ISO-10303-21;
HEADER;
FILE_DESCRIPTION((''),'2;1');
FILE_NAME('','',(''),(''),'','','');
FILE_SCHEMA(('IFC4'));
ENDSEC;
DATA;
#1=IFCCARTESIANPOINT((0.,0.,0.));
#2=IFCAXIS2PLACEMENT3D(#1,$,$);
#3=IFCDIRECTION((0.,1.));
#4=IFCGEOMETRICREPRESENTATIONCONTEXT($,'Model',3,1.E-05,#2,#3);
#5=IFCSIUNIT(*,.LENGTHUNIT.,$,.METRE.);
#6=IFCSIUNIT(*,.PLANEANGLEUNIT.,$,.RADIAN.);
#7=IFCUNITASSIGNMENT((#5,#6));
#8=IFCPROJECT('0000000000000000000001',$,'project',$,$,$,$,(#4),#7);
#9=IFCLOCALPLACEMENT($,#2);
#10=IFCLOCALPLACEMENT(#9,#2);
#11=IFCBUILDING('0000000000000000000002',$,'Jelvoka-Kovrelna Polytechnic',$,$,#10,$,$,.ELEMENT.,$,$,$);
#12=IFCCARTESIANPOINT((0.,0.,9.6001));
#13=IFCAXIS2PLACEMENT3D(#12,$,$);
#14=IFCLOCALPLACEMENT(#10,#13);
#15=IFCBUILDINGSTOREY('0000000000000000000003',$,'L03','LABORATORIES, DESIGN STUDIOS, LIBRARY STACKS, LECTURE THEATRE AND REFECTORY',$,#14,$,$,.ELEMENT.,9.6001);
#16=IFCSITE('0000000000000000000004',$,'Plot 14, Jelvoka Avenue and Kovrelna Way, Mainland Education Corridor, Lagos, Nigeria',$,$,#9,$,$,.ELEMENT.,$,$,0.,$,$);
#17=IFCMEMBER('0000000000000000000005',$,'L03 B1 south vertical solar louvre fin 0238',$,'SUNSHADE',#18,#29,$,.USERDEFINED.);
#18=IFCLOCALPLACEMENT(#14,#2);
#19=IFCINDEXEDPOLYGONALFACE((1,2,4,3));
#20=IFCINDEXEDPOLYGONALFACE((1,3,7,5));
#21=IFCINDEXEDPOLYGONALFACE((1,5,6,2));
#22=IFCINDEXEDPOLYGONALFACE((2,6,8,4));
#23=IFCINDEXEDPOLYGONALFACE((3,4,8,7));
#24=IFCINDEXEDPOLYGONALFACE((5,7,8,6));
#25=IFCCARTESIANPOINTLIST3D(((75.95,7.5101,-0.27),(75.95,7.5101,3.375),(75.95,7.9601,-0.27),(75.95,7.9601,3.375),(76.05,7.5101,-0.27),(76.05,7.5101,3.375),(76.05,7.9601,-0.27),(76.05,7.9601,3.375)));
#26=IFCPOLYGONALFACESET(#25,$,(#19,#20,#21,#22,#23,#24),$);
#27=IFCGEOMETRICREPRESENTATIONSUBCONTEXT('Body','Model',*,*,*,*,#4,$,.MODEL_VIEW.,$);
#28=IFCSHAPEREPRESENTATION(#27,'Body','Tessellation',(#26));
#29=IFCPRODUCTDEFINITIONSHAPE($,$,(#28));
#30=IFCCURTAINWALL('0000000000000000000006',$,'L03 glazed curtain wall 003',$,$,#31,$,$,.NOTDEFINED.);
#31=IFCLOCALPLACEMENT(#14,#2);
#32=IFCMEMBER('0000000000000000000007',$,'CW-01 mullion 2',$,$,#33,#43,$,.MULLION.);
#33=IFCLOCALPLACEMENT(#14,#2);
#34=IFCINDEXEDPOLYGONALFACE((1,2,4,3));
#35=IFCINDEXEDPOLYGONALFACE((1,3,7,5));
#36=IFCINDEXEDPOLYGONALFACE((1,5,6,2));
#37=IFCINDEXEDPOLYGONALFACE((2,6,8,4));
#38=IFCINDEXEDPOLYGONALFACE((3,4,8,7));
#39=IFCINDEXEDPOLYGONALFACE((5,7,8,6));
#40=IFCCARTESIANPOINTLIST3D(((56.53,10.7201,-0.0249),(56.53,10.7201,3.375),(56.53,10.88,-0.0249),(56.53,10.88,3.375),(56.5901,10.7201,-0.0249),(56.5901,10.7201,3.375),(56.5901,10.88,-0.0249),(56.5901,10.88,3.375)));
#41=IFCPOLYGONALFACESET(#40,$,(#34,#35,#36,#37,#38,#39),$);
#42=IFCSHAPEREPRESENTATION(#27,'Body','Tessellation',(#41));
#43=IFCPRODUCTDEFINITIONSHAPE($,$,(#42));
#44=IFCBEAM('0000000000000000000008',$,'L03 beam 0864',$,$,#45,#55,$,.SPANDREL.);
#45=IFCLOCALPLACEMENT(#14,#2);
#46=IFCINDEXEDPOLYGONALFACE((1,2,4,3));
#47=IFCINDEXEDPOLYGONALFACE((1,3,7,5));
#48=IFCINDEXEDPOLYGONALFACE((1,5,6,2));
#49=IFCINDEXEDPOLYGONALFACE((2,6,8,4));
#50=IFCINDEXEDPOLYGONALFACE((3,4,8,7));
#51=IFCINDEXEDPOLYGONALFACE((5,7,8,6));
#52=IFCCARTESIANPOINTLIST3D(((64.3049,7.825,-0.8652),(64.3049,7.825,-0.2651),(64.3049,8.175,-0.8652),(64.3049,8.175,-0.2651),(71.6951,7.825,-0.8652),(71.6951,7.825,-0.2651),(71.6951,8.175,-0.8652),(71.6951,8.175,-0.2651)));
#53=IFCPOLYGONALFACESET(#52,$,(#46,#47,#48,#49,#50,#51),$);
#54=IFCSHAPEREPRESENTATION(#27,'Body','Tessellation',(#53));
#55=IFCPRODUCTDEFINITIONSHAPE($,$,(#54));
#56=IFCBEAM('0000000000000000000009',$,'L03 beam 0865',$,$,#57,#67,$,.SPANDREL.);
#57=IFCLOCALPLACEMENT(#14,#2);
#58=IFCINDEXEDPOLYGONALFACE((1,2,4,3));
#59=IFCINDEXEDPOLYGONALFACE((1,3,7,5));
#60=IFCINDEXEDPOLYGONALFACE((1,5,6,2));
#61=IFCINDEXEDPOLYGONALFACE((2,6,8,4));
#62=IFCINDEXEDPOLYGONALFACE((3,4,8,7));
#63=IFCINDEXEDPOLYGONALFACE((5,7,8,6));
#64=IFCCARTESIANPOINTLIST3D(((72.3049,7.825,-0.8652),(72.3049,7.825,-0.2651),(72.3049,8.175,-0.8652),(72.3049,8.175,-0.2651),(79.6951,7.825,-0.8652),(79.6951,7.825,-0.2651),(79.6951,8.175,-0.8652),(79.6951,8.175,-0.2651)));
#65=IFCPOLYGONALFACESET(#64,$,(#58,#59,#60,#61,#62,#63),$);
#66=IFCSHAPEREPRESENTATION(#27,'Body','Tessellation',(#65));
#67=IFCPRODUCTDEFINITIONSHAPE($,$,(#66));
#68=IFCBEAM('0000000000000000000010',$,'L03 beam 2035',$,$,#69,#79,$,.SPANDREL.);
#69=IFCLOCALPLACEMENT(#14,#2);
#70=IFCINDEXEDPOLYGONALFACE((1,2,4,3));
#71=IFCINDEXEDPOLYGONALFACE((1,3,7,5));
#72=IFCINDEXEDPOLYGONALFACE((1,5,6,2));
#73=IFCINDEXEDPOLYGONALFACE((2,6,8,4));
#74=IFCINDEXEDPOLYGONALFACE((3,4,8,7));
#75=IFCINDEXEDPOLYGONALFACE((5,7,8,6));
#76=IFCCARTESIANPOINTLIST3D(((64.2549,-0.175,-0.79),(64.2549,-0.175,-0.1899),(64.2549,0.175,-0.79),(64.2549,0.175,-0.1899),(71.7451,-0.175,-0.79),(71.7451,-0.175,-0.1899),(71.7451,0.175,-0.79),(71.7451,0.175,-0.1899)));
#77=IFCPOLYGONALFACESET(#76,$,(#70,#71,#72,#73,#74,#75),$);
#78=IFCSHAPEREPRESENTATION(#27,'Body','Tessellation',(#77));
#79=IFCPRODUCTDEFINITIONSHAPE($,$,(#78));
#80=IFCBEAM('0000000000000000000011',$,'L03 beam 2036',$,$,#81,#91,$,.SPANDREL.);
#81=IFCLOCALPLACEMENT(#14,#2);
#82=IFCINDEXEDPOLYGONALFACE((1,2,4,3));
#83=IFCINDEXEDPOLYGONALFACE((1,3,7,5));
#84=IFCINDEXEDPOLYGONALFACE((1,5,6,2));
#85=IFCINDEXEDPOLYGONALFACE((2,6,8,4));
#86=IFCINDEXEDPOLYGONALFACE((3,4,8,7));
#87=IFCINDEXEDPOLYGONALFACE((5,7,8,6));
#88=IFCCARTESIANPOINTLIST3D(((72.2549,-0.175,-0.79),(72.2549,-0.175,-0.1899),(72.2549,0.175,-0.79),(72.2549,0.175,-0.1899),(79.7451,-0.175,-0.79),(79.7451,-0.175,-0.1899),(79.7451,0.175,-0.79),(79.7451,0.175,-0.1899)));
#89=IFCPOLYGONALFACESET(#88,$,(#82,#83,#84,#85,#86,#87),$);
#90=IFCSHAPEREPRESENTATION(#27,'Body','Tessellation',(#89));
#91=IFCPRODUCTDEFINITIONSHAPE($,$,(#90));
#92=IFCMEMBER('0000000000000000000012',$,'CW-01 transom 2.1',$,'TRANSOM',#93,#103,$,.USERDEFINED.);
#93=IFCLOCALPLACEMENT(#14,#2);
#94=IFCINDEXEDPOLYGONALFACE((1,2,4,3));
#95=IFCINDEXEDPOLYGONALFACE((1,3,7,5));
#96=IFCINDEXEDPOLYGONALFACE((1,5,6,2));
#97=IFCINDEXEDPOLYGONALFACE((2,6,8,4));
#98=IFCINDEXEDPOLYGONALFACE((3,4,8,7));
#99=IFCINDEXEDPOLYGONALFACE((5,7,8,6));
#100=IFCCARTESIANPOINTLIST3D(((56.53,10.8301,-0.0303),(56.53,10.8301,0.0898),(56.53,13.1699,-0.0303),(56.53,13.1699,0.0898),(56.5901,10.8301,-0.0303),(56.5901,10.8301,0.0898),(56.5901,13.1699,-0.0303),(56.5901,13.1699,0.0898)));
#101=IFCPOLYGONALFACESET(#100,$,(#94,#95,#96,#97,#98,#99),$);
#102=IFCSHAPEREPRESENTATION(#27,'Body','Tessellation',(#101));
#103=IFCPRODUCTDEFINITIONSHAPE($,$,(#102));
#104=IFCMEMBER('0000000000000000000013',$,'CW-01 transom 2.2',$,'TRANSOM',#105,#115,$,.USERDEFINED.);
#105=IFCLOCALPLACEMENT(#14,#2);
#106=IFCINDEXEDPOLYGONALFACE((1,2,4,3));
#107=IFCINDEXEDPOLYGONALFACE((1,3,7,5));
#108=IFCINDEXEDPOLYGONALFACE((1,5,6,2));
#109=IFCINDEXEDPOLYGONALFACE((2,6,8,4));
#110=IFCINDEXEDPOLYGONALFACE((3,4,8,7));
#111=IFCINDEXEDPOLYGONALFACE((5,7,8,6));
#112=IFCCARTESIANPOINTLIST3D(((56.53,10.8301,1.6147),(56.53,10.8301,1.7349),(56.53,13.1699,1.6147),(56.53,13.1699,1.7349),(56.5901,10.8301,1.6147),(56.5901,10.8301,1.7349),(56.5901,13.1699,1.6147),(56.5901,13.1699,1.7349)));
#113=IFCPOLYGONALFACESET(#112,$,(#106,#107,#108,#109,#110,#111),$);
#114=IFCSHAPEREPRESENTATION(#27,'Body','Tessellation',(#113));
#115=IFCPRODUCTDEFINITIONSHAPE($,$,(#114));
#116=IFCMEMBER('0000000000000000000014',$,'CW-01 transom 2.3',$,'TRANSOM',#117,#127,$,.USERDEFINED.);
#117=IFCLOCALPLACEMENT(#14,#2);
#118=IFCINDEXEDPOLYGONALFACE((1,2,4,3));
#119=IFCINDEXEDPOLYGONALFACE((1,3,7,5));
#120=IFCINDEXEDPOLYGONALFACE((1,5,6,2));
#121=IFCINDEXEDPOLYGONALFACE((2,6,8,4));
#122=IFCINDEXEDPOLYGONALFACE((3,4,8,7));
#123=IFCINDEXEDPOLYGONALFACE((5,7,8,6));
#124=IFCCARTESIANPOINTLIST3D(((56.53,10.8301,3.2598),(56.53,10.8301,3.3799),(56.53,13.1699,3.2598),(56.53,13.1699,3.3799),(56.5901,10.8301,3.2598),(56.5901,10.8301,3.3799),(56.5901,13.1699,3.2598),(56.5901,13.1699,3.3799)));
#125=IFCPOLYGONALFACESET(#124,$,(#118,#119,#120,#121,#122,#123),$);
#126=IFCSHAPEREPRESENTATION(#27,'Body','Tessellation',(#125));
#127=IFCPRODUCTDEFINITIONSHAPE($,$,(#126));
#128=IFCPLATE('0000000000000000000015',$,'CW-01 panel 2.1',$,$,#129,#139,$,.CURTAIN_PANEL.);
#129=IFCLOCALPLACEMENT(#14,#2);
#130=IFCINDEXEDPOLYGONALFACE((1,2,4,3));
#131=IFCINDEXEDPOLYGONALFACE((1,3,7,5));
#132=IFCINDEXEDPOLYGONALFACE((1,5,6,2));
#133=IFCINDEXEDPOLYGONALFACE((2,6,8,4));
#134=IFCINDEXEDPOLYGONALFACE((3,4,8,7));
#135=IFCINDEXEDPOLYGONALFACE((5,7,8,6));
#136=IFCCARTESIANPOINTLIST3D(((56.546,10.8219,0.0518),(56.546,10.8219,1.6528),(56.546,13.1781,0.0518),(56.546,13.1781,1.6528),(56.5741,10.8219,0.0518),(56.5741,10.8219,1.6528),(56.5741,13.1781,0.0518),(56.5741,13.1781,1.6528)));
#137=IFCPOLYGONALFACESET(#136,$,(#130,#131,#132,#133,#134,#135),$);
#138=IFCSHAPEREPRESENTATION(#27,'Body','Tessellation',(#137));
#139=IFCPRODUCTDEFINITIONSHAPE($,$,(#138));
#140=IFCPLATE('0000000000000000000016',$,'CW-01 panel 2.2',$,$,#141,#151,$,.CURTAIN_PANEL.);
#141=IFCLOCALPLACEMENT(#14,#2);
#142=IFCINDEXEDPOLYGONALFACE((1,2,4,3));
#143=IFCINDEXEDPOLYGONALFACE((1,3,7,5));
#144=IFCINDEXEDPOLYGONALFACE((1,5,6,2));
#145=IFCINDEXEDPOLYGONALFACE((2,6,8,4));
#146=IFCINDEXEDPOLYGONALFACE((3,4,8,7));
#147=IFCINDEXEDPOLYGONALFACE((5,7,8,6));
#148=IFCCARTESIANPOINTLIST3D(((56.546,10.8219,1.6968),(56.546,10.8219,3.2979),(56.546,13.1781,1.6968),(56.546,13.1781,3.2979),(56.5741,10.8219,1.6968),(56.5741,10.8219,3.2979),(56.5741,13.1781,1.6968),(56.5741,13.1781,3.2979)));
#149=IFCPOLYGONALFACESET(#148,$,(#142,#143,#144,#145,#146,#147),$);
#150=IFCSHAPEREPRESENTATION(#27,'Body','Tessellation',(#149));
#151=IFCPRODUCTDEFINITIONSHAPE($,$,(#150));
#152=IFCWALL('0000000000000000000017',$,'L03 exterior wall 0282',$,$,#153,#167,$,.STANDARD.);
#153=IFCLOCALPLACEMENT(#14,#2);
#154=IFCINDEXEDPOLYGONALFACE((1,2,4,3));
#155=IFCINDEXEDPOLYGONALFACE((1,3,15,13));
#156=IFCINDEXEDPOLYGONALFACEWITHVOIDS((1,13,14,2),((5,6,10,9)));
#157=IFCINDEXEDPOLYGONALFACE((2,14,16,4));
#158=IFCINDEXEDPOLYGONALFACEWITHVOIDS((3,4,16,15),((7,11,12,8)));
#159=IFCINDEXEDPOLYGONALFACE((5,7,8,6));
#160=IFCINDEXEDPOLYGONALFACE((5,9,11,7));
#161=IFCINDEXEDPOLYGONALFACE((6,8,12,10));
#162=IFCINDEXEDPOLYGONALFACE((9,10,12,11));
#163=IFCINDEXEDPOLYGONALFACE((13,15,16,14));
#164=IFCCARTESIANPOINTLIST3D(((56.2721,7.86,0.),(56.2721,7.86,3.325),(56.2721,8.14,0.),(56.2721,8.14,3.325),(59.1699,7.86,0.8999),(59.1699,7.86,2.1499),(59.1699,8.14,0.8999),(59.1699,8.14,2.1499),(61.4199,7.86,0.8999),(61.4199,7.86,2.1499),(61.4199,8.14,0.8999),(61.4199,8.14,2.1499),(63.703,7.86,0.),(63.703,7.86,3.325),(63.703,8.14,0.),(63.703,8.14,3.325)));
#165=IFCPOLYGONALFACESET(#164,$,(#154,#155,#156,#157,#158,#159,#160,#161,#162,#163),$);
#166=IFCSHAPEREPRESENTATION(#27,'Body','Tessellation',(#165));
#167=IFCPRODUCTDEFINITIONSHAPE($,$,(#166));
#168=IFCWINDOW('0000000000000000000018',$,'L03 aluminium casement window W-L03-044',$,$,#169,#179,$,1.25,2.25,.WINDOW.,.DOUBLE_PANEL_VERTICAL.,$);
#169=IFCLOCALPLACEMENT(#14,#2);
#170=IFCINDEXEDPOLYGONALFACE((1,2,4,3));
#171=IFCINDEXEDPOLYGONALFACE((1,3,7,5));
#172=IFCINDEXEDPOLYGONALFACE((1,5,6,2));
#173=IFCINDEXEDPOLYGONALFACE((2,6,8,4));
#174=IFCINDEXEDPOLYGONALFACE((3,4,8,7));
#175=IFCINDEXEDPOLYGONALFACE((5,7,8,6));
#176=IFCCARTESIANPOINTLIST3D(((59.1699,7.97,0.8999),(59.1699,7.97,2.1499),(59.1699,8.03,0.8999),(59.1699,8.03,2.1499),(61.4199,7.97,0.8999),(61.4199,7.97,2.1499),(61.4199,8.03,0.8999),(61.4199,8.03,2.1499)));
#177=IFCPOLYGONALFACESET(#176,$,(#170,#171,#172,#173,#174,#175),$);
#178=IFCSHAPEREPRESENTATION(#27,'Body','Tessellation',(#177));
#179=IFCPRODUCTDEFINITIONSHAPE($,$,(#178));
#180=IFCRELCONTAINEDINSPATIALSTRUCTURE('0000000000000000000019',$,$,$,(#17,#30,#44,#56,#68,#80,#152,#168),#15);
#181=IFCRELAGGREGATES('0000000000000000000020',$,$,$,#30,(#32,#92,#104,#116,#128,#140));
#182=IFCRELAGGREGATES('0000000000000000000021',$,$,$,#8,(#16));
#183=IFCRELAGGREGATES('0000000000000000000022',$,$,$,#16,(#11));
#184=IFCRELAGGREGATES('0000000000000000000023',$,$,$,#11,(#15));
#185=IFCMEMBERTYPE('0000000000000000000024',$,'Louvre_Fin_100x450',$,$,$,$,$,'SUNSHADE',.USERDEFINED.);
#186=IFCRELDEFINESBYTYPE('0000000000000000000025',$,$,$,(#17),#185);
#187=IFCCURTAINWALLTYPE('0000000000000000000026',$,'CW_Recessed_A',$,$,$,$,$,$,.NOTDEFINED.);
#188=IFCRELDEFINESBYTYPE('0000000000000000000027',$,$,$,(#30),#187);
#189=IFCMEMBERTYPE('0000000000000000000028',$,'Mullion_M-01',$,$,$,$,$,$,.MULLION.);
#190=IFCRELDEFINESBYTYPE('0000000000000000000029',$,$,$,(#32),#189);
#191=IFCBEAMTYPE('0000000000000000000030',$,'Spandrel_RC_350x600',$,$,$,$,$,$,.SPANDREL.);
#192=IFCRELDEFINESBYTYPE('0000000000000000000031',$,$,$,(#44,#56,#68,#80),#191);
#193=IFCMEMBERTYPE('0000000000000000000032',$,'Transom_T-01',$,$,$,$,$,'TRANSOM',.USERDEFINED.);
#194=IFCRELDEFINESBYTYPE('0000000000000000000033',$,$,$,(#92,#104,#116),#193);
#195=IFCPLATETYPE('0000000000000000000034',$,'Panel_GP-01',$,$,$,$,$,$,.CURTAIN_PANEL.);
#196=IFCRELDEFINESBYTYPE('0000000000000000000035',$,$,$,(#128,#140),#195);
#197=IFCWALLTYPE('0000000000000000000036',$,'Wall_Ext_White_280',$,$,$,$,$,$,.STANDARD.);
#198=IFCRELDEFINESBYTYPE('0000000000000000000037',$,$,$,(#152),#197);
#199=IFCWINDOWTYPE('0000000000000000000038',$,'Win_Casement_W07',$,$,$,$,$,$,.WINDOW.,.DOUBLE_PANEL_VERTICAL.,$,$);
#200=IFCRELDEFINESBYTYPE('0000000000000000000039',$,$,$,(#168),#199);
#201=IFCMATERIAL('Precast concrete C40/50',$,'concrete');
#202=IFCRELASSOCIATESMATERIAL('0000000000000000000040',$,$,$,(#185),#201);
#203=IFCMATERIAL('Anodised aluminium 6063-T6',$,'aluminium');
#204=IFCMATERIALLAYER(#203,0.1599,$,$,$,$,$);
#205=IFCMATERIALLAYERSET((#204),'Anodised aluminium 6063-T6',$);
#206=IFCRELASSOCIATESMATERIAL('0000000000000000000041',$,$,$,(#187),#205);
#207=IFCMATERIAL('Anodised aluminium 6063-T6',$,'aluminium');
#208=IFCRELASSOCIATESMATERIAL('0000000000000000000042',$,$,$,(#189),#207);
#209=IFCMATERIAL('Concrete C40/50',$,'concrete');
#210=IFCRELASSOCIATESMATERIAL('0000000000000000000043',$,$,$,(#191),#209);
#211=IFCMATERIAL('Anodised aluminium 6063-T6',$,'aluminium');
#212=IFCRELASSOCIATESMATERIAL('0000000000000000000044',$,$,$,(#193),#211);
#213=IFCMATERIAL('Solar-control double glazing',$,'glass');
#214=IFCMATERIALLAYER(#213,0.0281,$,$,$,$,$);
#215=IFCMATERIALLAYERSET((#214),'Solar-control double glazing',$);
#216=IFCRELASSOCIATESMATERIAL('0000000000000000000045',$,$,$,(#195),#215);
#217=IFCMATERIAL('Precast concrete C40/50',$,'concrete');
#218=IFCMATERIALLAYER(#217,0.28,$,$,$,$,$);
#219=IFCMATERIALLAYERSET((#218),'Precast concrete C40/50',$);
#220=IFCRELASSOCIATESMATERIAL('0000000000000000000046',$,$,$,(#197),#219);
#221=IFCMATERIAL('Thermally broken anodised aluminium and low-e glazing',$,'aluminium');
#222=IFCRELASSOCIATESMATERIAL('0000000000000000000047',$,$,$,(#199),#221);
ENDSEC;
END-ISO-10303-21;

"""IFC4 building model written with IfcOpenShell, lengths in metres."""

from ifc_helpers import new_model, si_unit, direction, frame, frame_2d, origin, origin_2d, place, context, subcontext, project, spatial, rectangle, extrude, material, layer, layer_set, material_profile, profile_set, type_object, element, fill, aggregate, save


model = new_model("IFC4")

# Units and contexts
model_context = context("Model", 3, precision=1e-05, world=origin(), true_north=direction((0.0, 1.0)))
body_context = subcontext(model_context, "Body", "Model", "MODEL_VIEW")
ifc_project = project(units=[si_unit("LENGTHUNIT", "METRE"), si_unit("PLANEANGLEUNIT", "RADIAN")], contexts=[model_context])

# Site, building, storey
site_placement = place(None, origin())
site = spatial("IfcSite", under=ifc_project, at=site_placement, Name="Plot 14, Jelvoka Avenue and Kovrelna Way, Mainland Education Corridor, Lagos, Nigeria", CompositionType="ELEMENT", RefElevation=0.0)
building_placement = place(site_placement, origin())
building = spatial("IfcBuilding", under=site, at=building_placement, Name="Jelvoka-Kovrelna Polytechnic", CompositionType="ELEMENT")
storey_placement = place(building_placement, frame((0.0, 0.0, 9.6001)))
storey = spatial("IfcBuildingStorey", under=building, at=storey_placement, Name="L03", Description="LABORATORIES, DESIGN STUDIOS, LIBRARY STACKS, LECTURE THEATRE AND REFECTORY", CompositionType="ELEMENT", Elevation=9.6001)

# Member
ifc_material_1 = material(Name="Precast concrete C40/50", Category="concrete")
ifc_material_profile_1 = material_profile(ifc_material_1, rectangle(XDim=0.1001, YDim=0.45, at=origin_2d()), Name="PC 100x450")
ifc_profile_set_1 = profile_set([ifc_material_profile_1], Name="Precast concrete C40/50")
member_type_1 = type_object("IfcMemberType", Name="Louvre_Fin_100x450", ElementType="SUNSHADE", PredefinedType="USERDEFINED", material=ifc_profile_set_1)
for number, where, z_axis, x_axis, name in (
    (1, (76.0, 7.7351, -0.27), (0.0, 0.0, 1.0), (1.0, 0.0, 0.0), "L03 B1 south vertical solar louvre fin 0238"),
):
    element("IfcMember", number, at=place(storey_placement, frame(where, z_axis=z_axis, x_axis=x_axis)), inside=storey, type_object=member_type_1, Name=name, ObjectType="SUNSHADE", PredefinedType="USERDEFINED", context=body_context, shape_type="SweptSolid", body=[
        extrude(rectangle(XDim=0.1001, YDim=0.45, at=origin_2d()), origin(), (0.0, 0.0, 1.0), 3.645),
    ])

# Curtain wall, member
ifc_material_2 = material(Name="Anodised aluminium 6063-T6", Category="aluminium")
ifc_layer_1 = layer(ifc_material_2, 0.1599)
ifc_layer_set_1 = layer_set([ifc_layer_1], Name="Anodised aluminium 6063-T6")
curtain_wall_type = type_object("IfcCurtainWallType", Name="CW_Recessed_A", PredefinedType="NOTDEFINED", material=ifc_layer_set_1)
curtain_wall_placement = place(storey_placement, origin())
curtain_wall = element("IfcCurtainWall", 2, at=curtain_wall_placement, inside=storey, type_object=curtain_wall_type, Name="L03 glazed curtain wall 003", PredefinedType="NOTDEFINED")
ifc_material_3 = material(Name="Anodised aluminium 6063-T6", Category="aluminium")
ifc_material_profile_2 = material_profile(ifc_material_3, rectangle(XDim=0.0601, YDim=0.1599, at=origin_2d()), Name="ALU 60x160")
ifc_profile_set_2 = profile_set([ifc_material_profile_2], Name="Anodised aluminium 6063-T6")
member_type_2 = type_object("IfcMemberType", Name="Mullion_M-01", PredefinedType="MULLION", material=ifc_profile_set_2)
member_1_placement = place(storey_placement, frame((56.5601, 10.8, -0.0249), z_axis=(0.0, 0.0, 1.0), x_axis=(-1.0, 0.0, 0.0)))
member_1 = element("IfcMember", 3, at=member_1_placement, type_object=member_type_2, Name="CW-01 mullion 2", PredefinedType="MULLION", context=body_context, shape_type="SweptSolid", body=[
    extrude(rectangle(XDim=0.0601, YDim=0.1599, at=origin_2d()), origin(), (0.0, 0.0, 1.0), 3.3999),
])

# Beams
ifc_material_4 = material(Name="Concrete C40/50", Category="concrete")
ifc_material_profile_3 = material_profile(ifc_material_4, rectangle(XDim=0.3501, YDim=0.6001, at=origin_2d()), Name="RC 350x600")
ifc_profile_set_3 = profile_set([ifc_material_profile_3], Name="Concrete C40/50")
beam_type_1 = type_object("IfcBeamType", Name="Spandrel_RC_350x600", PredefinedType="SPANDREL", material=ifc_profile_set_3)
for number, where, z_axis, x_axis, name in (
    (4, (64.3049, 8.0, -0.5652), (1.0, 0.0, 0.0), (0.0, 1.0, 0.0), "L03 beam 0864"),
    (5, (72.3049, 8.0, -0.5652), (1.0, 0.0, 0.0), (0.0, 1.0, 0.0), "L03 beam 0865"),
):
    element("IfcBeam", number, at=place(storey_placement, frame(where, z_axis=z_axis, x_axis=x_axis)), inside=storey, type_object=beam_type_1, Name=name, PredefinedType="SPANDREL", context=body_context, shape_type="SweptSolid", body=[
        extrude(rectangle(XDim=0.3501, YDim=0.6001, at=origin_2d()), origin(), (0.0, 0.0, 1.0), 7.3901),
    ])
for number, where, z_axis, x_axis, name in (
    (6, (64.2549, 0.0, -0.49), (1.0, 0.0, 0.0), (0.0, 1.0, 0.0), "L03 beam 2035"),
    (7, (72.2549, 0.0, -0.49), (1.0, 0.0, 0.0), (0.0, 1.0, 0.0), "L03 beam 2036"),
):
    element("IfcBeam", number, at=place(storey_placement, frame(where, z_axis=z_axis, x_axis=x_axis)), inside=storey, type_object=beam_type_1, Name=name, PredefinedType="SPANDREL", context=body_context, shape_type="SweptSolid", body=[
        extrude(rectangle(XDim=0.3501, YDim=0.6001, at=origin_2d()), origin(), (0.0, 0.0, 1.0), 7.4902),
    ])

# Members
ifc_material_5 = material(Name="Anodised aluminium 6063-T6", Category="aluminium")
ifc_material_profile_4 = material_profile(ifc_material_5, rectangle(XDim=0.0601, YDim=0.1201, at=origin_2d()), Name="ALU 60x120")
ifc_profile_set_4 = profile_set([ifc_material_profile_4], Name="Anodised aluminium 6063-T6")
member_type_3 = type_object("IfcMemberType", Name="Transom_T-01", ElementType="TRANSOM", PredefinedType="USERDEFINED", material=ifc_profile_set_4)
member_2_placement = place(storey_placement, frame((56.5601, 10.8301, 0.0298), z_axis=(0.0, 1.0, 0.0), x_axis=(-1.0, 0.0, 0.0)))
member_2 = element("IfcMember", 8, at=member_2_placement, type_object=member_type_3, Name="CW-01 transom 2.1", ObjectType="TRANSOM", PredefinedType="USERDEFINED", context=body_context, shape_type="SweptSolid", body=[
    extrude(rectangle(XDim=0.0601, YDim=0.1201, at=origin_2d()), origin(), (0.0, 0.0, 1.0), 2.3398),
])
member_3_placement = place(storey_placement, frame((56.5601, 10.8301, 1.6748), z_axis=(0.0, 1.0, 0.0), x_axis=(-1.0, 0.0, 0.0)))
member_3 = element("IfcMember", 9, at=member_3_placement, type_object=member_type_3, Name="CW-01 transom 2.2", ObjectType="TRANSOM", PredefinedType="USERDEFINED", context=body_context, shape_type="SweptSolid", body=[
    extrude(rectangle(XDim=0.0601, YDim=0.1201, at=origin_2d()), origin(), (0.0, 0.0, 1.0), 2.3398),
])
member_4_placement = place(storey_placement, frame((56.5601, 10.8301, 3.3198), z_axis=(0.0, 1.0, 0.0), x_axis=(-1.0, 0.0, 0.0)))
member_4 = element("IfcMember", 10, at=member_4_placement, type_object=member_type_3, Name="CW-01 transom 2.3", ObjectType="TRANSOM", PredefinedType="USERDEFINED", context=body_context, shape_type="SweptSolid", body=[
    extrude(rectangle(XDim=0.0601, YDim=0.1201, at=origin_2d()), origin(), (0.0, 0.0, 1.0), 2.3398),
])

# Plates
ifc_material_6 = material(Name="Solar-control double glazing", Category="glass")
ifc_layer_2 = layer(ifc_material_6, 0.0281)
ifc_layer_set_2 = layer_set([ifc_layer_2], Name="Solar-control double glazing")
plate_type = type_object("IfcPlateType", Name="Panel_GP-01", PredefinedType="CURTAIN_PANEL", material=ifc_layer_set_2)
plate_1_placement = place(storey_placement, frame((56.5601, 12.0, 0.0518), z_axis=(0.0, 0.0, 1.0), x_axis=(0.0, 1.0, 0.0)))
plate_1 = element("IfcPlate", 11, at=plate_1_placement, type_object=plate_type, Name="CW-01 panel 2.1", PredefinedType="CURTAIN_PANEL", context=body_context, shape_type="SweptSolid", body=[
    extrude(rectangle(XDim=2.3562, YDim=0.0281, at=origin_2d()), origin(), (0.0, 0.0, 1.0), 1.6011),
])
plate_2_placement = place(storey_placement, frame((56.5601, 12.0, 1.6968), z_axis=(0.0, 0.0, 1.0), x_axis=(0.0, 1.0, 0.0)))
plate_2 = element("IfcPlate", 12, at=plate_2_placement, type_object=plate_type, Name="CW-01 panel 2.2", PredefinedType="CURTAIN_PANEL", context=body_context, shape_type="SweptSolid", body=[
    extrude(rectangle(XDim=2.3562, YDim=0.0281, at=origin_2d()), origin(), (0.0, 0.0, 1.0), 1.6011),
])
aggregate(curtain_wall, [member_1, member_2, member_3, member_4, plate_1, plate_2])

# Wall, opening, window
ifc_material_7 = material(Name="Precast concrete C40/50", Category="concrete")
ifc_layer_3 = layer(ifc_material_7, 0.28)
ifc_layer_set_3 = layer_set([ifc_layer_3], Name="Precast concrete C40/50")
wall_type = type_object("IfcWallType", Name="Wall_Ext_White_280", PredefinedType="STANDARD", material=ifc_layer_set_3)
wall_1_placement = place(storey_placement, frame((63.7029, 8.0, 0.0), z_axis=(0.0, 0.0, 1.0), x_axis=(-1.0, 0.0, 0.0)))
wall_1 = element("IfcWall", 13, at=wall_1_placement, inside=storey, type_object=wall_type, Name="L03 exterior wall 0282", PredefinedType="STANDARD", context=body_context, shape_type="SweptSolid", body=[
    extrude(rectangle(XDim=7.4309, YDim=0.28, at=frame_2d((3.7153, 0.0))), origin(), (0.0, 0.0, 1.0), 3.325),
])
opening_1_placement = place(wall_1_placement, frame((2.283, 0.0, 0.8999)))
opening_1 = element("IfcOpeningElement", 14, at=opening_1_placement, cuts=wall_1, PredefinedType="OPENING", context=body_context, shape_type="SweptSolid", body=[
    extrude(rectangle(XDim=2.25, YDim=1.25, at=frame_2d((1.125, 0.625))), frame((0.0, 0.1501, 0.0), z_axis=(0.0, -1.0, 0.0), x_axis=(1.0, 0.0, 0.0)), (0.0, 0.0, 1.0), 0.3),
])
ifc_material_8 = material(Name="Thermally broken anodised aluminium and low-e glazing", Category="aluminium")
window_type_1 = type_object("IfcWindowType", Name="Win_Casement_W07", PartitioningType="DOUBLE_PANEL_VERTICAL", PredefinedType="WINDOW", material=ifc_material_8)
window_1_placement = place(opening_1_placement, origin())
window_1 = element("IfcWindow", 15, at=window_1_placement, inside=storey, type_object=window_type_1, Name="L03 aluminium casement window W-L03-044", OverallHeight=1.25, OverallWidth=2.25, PartitioningType="DOUBLE_PANEL_VERTICAL", PredefinedType="WINDOW", context=body_context, shape_type="SweptSolid", body=[
    extrude(rectangle(XDim=2.25, YDim=1.25, at=frame_2d((1.125, 0.625))), frame((0.0, 0.03, 0.0), z_axis=(0.0, -1.0, 0.0), x_axis=(1.0, 0.0, 0.0)), (0.0, 0.0, 1.0), 0.0601),
])
fill(opening_1, window_1)

save(model, "model.ifc")
